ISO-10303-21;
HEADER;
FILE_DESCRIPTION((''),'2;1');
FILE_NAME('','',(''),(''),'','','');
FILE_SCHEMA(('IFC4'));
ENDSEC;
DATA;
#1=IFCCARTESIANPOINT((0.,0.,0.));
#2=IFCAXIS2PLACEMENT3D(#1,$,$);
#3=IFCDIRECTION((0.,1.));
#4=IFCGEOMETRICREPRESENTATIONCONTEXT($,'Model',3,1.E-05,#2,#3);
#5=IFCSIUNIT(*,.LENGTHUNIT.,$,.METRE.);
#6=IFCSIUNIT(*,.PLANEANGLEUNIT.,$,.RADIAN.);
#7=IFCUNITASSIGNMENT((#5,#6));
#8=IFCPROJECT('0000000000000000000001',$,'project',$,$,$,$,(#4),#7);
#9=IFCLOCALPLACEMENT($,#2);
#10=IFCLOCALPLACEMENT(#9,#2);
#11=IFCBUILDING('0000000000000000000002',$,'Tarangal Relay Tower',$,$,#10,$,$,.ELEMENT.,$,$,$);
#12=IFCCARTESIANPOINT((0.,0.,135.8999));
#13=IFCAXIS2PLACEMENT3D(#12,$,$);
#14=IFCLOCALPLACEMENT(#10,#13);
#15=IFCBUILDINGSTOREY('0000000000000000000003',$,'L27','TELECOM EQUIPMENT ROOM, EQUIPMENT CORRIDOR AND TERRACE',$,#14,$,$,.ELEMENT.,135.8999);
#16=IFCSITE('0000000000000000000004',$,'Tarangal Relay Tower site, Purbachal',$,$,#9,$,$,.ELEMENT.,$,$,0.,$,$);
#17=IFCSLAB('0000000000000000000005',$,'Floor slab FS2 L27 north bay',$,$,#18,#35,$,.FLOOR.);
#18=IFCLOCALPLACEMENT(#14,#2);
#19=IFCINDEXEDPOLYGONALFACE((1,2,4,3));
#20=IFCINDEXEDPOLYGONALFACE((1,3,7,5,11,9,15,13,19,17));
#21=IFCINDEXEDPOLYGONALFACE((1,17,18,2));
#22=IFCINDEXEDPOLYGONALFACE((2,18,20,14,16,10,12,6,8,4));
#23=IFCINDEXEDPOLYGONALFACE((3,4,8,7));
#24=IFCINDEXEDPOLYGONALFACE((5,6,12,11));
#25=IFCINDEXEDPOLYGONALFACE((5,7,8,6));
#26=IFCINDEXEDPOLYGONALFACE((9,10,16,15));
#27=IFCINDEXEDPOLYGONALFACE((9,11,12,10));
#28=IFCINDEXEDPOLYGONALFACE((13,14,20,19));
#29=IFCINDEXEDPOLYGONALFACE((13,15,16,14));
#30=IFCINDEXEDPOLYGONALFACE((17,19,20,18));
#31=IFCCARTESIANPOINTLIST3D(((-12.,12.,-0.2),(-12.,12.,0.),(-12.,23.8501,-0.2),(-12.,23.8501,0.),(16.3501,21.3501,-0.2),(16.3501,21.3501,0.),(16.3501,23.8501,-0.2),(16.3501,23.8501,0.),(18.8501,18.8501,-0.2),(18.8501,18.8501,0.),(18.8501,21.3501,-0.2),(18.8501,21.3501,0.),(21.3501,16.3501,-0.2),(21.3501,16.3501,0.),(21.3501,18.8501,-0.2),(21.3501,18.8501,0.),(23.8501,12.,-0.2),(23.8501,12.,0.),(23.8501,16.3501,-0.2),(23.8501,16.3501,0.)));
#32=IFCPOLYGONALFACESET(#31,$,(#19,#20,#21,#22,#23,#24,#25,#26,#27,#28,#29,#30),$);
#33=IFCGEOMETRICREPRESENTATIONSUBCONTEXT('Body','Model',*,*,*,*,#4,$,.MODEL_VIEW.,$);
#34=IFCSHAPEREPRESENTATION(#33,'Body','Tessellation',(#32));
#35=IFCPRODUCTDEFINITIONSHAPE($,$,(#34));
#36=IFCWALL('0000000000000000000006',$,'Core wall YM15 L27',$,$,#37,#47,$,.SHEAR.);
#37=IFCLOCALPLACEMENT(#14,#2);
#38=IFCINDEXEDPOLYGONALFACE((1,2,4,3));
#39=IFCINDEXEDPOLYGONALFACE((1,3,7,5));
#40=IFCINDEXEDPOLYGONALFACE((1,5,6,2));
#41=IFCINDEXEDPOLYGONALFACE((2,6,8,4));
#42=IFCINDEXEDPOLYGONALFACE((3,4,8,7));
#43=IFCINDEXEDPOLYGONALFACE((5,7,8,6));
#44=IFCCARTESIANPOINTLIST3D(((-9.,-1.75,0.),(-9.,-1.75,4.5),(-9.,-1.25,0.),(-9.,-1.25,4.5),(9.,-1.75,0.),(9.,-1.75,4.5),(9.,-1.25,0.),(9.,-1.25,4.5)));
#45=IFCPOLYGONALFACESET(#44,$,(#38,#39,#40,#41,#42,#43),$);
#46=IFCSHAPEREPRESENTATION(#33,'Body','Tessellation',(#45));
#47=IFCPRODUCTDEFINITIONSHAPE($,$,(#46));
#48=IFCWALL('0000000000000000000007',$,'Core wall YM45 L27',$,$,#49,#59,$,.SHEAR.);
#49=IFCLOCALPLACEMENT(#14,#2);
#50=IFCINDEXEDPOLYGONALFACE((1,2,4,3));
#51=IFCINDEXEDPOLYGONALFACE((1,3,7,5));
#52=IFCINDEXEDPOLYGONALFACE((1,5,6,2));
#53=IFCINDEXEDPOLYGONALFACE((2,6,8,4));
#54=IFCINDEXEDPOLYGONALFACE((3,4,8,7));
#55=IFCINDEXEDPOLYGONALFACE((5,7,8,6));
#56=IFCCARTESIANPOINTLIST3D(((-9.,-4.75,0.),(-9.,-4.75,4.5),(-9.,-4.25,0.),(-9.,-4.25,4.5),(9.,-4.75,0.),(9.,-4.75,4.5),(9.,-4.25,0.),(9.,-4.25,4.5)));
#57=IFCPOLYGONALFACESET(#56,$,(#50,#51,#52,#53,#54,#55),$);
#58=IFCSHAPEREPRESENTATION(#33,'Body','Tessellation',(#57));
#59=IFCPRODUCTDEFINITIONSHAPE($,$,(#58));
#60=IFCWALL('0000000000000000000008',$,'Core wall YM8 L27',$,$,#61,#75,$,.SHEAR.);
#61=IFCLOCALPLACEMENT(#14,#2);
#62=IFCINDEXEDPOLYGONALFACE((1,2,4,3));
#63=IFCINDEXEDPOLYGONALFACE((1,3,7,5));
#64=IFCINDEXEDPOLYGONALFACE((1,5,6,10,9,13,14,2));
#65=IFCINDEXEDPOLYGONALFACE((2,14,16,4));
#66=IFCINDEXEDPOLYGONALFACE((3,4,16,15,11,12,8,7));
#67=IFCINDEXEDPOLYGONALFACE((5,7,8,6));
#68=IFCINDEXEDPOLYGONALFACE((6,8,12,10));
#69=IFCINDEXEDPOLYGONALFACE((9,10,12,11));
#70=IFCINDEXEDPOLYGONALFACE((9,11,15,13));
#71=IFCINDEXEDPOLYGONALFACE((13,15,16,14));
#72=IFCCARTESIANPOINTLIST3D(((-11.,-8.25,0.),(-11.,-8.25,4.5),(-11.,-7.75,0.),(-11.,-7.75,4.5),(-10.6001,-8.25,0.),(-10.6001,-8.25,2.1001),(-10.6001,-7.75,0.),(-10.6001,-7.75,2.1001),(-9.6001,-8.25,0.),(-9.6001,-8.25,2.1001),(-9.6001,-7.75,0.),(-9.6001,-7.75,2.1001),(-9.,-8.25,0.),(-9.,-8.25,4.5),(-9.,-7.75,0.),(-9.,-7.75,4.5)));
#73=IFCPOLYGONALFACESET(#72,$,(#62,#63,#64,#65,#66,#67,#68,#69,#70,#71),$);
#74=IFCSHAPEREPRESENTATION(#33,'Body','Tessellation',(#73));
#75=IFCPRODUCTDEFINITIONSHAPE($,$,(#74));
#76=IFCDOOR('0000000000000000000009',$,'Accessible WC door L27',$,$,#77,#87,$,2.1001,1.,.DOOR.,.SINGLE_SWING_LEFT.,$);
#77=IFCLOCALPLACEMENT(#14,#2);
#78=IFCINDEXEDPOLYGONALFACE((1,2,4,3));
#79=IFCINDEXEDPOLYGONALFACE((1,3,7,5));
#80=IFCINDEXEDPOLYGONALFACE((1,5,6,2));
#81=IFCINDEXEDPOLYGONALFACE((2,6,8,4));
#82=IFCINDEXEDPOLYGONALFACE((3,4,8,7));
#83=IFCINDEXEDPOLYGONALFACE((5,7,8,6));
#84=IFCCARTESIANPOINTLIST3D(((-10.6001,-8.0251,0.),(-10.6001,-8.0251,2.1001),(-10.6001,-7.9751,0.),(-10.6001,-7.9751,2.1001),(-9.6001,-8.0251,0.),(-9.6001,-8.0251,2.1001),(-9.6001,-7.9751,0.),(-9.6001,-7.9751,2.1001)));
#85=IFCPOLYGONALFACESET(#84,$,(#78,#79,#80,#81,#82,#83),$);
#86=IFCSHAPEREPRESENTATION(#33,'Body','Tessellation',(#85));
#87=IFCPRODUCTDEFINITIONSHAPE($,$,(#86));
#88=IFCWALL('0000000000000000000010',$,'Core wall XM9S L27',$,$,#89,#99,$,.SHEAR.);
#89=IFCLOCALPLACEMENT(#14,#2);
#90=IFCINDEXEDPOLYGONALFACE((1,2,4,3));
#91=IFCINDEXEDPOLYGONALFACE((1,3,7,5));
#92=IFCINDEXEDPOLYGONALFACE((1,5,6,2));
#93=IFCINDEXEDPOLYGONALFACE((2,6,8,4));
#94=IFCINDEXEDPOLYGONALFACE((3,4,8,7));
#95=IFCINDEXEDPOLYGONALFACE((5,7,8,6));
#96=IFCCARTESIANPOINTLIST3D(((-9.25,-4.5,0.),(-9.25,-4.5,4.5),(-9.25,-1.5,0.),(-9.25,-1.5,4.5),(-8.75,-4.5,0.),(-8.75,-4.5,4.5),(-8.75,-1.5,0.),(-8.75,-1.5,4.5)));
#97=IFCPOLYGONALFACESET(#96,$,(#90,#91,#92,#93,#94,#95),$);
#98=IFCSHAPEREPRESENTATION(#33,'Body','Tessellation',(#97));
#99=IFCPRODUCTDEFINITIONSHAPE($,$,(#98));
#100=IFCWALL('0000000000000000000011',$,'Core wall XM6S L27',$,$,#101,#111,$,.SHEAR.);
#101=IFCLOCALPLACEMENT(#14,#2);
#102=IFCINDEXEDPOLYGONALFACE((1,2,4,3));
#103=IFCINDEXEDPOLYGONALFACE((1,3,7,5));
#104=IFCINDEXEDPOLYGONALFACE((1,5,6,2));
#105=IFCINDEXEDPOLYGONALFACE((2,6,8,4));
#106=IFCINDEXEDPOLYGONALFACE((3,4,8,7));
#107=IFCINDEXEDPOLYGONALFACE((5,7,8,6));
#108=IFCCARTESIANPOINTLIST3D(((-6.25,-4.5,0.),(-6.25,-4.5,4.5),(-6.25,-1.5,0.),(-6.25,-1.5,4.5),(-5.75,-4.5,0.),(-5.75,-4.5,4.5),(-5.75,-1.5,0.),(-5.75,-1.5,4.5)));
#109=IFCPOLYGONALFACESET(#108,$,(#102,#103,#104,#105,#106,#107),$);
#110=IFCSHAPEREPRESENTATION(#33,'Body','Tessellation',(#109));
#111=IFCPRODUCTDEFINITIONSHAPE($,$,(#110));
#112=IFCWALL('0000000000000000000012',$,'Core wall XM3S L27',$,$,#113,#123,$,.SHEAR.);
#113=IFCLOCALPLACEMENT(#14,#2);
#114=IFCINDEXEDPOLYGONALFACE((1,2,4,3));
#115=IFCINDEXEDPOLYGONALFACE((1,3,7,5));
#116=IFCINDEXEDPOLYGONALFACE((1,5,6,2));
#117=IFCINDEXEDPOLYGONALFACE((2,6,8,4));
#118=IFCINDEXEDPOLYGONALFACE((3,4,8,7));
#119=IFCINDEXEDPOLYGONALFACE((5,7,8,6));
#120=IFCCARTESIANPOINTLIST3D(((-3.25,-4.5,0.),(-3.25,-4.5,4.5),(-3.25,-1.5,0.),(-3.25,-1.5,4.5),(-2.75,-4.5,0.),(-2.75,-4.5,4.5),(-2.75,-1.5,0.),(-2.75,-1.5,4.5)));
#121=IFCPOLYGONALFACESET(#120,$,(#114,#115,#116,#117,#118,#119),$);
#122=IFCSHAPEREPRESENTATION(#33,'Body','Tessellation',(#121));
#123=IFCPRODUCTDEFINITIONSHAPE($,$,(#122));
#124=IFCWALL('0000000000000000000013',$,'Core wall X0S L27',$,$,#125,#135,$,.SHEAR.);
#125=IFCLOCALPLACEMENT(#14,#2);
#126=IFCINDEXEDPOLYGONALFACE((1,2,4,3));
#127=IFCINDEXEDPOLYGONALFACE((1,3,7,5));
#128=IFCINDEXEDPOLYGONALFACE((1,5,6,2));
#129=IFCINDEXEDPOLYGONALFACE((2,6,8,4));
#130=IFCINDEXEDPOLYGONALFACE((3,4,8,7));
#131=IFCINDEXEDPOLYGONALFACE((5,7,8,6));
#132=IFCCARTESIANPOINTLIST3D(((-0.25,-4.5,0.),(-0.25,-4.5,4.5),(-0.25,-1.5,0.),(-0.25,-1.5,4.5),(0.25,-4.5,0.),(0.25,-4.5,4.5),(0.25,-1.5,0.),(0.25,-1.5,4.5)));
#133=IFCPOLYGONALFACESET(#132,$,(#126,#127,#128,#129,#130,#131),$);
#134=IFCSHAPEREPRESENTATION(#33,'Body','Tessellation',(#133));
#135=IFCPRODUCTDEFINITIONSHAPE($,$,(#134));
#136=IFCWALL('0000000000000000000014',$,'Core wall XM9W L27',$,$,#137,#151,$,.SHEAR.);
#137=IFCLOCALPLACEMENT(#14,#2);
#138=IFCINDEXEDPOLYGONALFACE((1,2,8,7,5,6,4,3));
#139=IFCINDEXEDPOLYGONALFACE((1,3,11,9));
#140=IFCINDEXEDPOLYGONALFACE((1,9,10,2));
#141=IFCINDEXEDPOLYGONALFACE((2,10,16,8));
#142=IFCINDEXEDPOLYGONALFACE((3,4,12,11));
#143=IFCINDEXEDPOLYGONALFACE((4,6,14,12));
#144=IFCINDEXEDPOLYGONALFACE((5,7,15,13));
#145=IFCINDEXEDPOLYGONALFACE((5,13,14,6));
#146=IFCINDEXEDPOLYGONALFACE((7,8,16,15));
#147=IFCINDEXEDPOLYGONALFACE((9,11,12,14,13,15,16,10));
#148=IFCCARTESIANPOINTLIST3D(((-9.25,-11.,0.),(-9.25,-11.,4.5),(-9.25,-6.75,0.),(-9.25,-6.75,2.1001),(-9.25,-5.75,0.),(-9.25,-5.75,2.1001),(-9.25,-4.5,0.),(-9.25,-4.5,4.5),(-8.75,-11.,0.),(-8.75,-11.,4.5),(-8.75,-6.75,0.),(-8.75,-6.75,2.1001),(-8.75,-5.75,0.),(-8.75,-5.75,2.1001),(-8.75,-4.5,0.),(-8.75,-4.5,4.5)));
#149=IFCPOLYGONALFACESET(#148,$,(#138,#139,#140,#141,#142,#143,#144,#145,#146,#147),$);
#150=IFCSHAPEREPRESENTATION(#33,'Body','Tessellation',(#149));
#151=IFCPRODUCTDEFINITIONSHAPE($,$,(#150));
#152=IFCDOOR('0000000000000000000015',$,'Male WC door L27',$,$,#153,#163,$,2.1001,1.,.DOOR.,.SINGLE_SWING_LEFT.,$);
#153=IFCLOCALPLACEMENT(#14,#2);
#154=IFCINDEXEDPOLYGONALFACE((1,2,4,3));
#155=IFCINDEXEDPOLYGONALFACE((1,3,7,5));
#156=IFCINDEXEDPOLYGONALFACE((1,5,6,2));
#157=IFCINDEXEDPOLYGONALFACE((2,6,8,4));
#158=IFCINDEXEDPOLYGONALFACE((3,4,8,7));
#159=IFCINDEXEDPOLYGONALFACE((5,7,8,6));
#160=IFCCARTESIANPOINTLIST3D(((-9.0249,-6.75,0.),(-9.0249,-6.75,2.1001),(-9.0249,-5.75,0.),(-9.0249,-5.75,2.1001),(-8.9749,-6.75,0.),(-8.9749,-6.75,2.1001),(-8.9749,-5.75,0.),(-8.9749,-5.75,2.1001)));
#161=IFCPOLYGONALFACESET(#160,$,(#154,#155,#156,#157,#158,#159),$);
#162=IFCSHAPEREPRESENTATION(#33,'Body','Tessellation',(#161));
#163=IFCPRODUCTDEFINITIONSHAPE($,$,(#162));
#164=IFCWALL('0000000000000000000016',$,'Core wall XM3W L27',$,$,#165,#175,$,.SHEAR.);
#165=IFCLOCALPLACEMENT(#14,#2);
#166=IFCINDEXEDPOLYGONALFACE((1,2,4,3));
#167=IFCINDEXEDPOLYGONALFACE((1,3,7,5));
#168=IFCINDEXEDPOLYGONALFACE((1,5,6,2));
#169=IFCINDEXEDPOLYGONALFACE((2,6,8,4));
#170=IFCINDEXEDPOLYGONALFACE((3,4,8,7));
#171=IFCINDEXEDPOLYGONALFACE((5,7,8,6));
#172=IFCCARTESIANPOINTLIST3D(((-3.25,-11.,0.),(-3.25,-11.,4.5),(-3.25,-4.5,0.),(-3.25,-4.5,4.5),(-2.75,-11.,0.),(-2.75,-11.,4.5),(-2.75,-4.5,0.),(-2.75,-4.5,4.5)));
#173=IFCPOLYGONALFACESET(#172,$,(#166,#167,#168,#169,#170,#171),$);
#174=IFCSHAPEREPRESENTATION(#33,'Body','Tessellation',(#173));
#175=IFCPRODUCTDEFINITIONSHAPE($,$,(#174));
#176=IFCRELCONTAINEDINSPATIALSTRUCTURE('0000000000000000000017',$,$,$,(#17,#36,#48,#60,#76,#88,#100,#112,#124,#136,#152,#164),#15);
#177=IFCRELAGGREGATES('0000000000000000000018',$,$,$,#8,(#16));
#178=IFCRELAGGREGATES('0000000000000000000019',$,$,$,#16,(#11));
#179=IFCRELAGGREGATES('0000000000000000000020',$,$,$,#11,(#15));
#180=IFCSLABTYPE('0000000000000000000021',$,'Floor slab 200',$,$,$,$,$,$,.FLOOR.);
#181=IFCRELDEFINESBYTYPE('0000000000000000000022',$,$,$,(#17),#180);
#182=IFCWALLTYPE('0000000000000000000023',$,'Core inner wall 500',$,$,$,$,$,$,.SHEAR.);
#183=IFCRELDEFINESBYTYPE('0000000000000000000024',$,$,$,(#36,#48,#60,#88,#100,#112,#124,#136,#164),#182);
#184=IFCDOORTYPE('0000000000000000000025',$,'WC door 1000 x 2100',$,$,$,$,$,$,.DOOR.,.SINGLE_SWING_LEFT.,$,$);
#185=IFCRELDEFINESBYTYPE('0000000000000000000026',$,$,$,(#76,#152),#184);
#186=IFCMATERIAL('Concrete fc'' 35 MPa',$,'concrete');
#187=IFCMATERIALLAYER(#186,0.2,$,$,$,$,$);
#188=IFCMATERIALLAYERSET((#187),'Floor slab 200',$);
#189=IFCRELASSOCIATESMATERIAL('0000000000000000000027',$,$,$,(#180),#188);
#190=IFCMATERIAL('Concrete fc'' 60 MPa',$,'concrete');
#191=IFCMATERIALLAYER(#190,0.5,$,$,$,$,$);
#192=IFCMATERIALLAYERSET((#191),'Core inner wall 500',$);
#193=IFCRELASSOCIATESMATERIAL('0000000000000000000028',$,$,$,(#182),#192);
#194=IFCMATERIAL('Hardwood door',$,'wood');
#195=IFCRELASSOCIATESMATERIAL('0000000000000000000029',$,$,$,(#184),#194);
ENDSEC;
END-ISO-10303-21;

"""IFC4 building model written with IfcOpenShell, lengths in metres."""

from ifc_helpers import new_model, si_unit, direction, frame, frame_2d, origin, place, context, subcontext, project, spatial, polyline, rectangle, outline, extrude, material, layer, layer_set, type_object, element, fill, save


model = new_model("IFC4")

# Units and contexts
model_context = context("Model", 3, precision=1e-05, world=origin(), true_north=direction((0.0, 1.0)))
body_context = subcontext(model_context, "Body", "Model", "MODEL_VIEW")
ifc_project = project(units=[si_unit("LENGTHUNIT", "METRE"), si_unit("PLANEANGLEUNIT", "RADIAN")], contexts=[model_context])

# Site, building, storey
site_placement = place(None, origin())
site = spatial("IfcSite", under=ifc_project, at=site_placement, Name="Tarangal Relay Tower site, Purbachal", CompositionType="ELEMENT", RefElevation=0.0)
building_placement = place(site_placement, origin())
building = spatial("IfcBuilding", under=site, at=building_placement, Name="Tarangal Relay Tower", CompositionType="ELEMENT")
storey_placement = place(building_placement, frame((0.0, 0.0, 135.8999)))
storey = spatial("IfcBuildingStorey", under=building, at=storey_placement, Name="L27", Description="TELECOM EQUIPMENT ROOM, EQUIPMENT CORRIDOR AND TERRACE", CompositionType="ELEMENT", Elevation=135.8999)

# Slab
ifc_material_1 = material(Name="Concrete fc' 35 MPa", Category="concrete")
ifc_layer_1 = layer(ifc_material_1, 0.2)
ifc_layer_set_1 = layer_set([ifc_layer_1], Name="Floor slab 200")
slab_type = type_object("IfcSlabType", Name="Floor slab 200", PredefinedType="FLOOR", material=ifc_layer_set_1)
slab_placement = place(storey_placement, frame((0.0, 0.0, -0.2)))
element("IfcSlab", 1, at=slab_placement, inside=storey, type_object=slab_type, Name="Floor slab FS2 L27 north bay", PredefinedType="FLOOR", context=body_context, shape_type="SweptSolid", body=[
    extrude(outline(polyline([(16.3501, 23.8501), (16.3501, 21.3501), (18.8501, 21.3501), (18.8501, 18.8501), (21.3501, 18.8501), (21.3501, 16.3501), (23.8501, 16.3501), (23.8501, 12.0), (-12.0, 12.0), (-12.0, 23.8501), (16.3501, 23.8501)])), origin(), (0.0, 0.0, 1.0), 0.2),
])

# Walls
ifc_material_2 = material(Name="Concrete fc' 60 MPa", Category="concrete")
ifc_layer_2 = layer(ifc_material_2, 0.5)
ifc_layer_set_2 = layer_set([ifc_layer_2], Name="Core inner wall 500")
wall_type_1 = type_object("IfcWallType", Name="Core inner wall 500", PredefinedType="SHEAR", material=ifc_layer_set_2)
for number, where, z_axis, x_axis, name in (
    (2, (-9.0, -1.5, 0.0), (0.0, 0.0, 1.0), (1.0, 0.0, 0.0), "Core wall YM15 L27"),
    (3, (-9.0, -4.5, 0.0), (0.0, 0.0, 1.0), (1.0, 0.0, 0.0), "Core wall YM45 L27"),
):
    element("IfcWall", number, at=place(storey_placement, frame(where, z_axis=z_axis, x_axis=x_axis)), inside=storey, type_object=wall_type_1, Name=name, PredefinedType="SHEAR", context=body_context, shape_type="SweptSolid", body=[
        extrude(rectangle(XDim=18.0, YDim=0.5, at=frame_2d((9.0, 0.0))), origin(), (0.0, 0.0, 1.0), 4.5),
    ])

# Wall, opening, door
wall_1_placement = place(storey_placement, frame((-11.0, -8.0, 0.0), z_axis=(0.0, 0.0, 1.0), x_axis=(1.0, 0.0, 0.0)))
wall_1 = element("IfcWall", 4, at=wall_1_placement, inside=storey, type_object=wall_type_1, Name="Core wall YM8 L27", PredefinedType="SHEAR", context=body_context, shape_type="SweptSolid", body=[
    extrude(rectangle(XDim=2.0, YDim=0.5, at=frame_2d((1.0, 0.0))), origin(), (0.0, 0.0, 1.0), 4.5),
])
opening_1_placement = place(wall_1_placement, frame((0.3999, 0.0, 0.0)))
opening_1 = element("IfcOpeningElement", 5, at=opening_1_placement, cuts=wall_1, PredefinedType="OPENING", context=body_context, shape_type="SweptSolid", body=[
    extrude(rectangle(XDim=1.0, YDim=2.1001, at=frame_2d((0.5, 1.05))), frame((0.0, 0.26, 0.0), z_axis=(0.0, -1.0, 0.0), x_axis=(1.0, 0.0, 0.0)), (0.0, 0.0, 1.0), 0.52),
])
ifc_material_3 = material(Name="Hardwood door", Category="wood")
door_type_1 = type_object("IfcDoorType", Name="WC door 1000 x 2100", OperationType="SINGLE_SWING_LEFT", PredefinedType="DOOR", material=ifc_material_3)
door_1_placement = place(opening_1_placement, origin())
door_1 = element("IfcDoor", 6, at=door_1_placement, inside=storey, type_object=door_type_1, Name="Accessible WC door L27", OperationType="SINGLE_SWING_LEFT", OverallHeight=2.1001, OverallWidth=1.0, PredefinedType="DOOR", context=body_context, shape_type="SweptSolid", body=[
    extrude(rectangle(XDim=1.0, YDim=2.1001, at=frame_2d((0.5, 1.05))), frame((0.0, 0.0249, 0.0), z_axis=(0.0, -1.0, 0.0), x_axis=(1.0, 0.0, 0.0)), (0.0, 0.0, 1.0), 0.05),
])
fill(opening_1, door_1)

# Walls
for number, where, z_axis, x_axis, name in (
    (7, (-9.0, -4.5, 0.0), (0.0, 0.0, 1.0), (0.0, 1.0, 0.0), "Core wall XM9S L27"),
    (8, (-6.0, -4.5, 0.0), (0.0, 0.0, 1.0), (0.0, 1.0, 0.0), "Core wall XM6S L27"),
    (9, (-3.0, -4.5, 0.0), (0.0, 0.0, 1.0), (0.0, 1.0, 0.0), "Core wall XM3S L27"),
    (10, (0.0, -4.5, 0.0), (0.0, 0.0, 1.0), (0.0, 1.0, 0.0), "Core wall X0S L27"),
):
    element("IfcWall", number, at=place(storey_placement, frame(where, z_axis=z_axis, x_axis=x_axis)), inside=storey, type_object=wall_type_1, Name=name, PredefinedType="SHEAR", context=body_context, shape_type="SweptSolid", body=[
        extrude(rectangle(XDim=3.0, YDim=0.5, at=frame_2d((1.5, 0.0))), origin(), (0.0, 0.0, 1.0), 4.5),
    ])

# Wall, opening, door
wall_2_placement = place(storey_placement, frame((-9.0, -11.0, 0.0), z_axis=(0.0, 0.0, 1.0), x_axis=(0.0, 1.0, 0.0)))
wall_2 = element("IfcWall", 11, at=wall_2_placement, inside=storey, type_object=wall_type_1, Name="Core wall XM9W L27", PredefinedType="SHEAR", context=body_context, shape_type="SweptSolid", body=[
    extrude(rectangle(XDim=6.5, YDim=0.5, at=frame_2d((3.25, 0.0))), origin(), (0.0, 0.0, 1.0), 4.5),
])
opening_2_placement = place(wall_2_placement, frame((4.25, 0.0, 0.0)))
opening_2 = element("IfcOpeningElement", 12, at=opening_2_placement, cuts=wall_2, PredefinedType="OPENING", context=body_context, shape_type="SweptSolid", body=[
    extrude(rectangle(XDim=1.0, YDim=2.1001, at=frame_2d((0.5, 1.05))), frame((0.0, 0.26, 0.0), z_axis=(0.0, -1.0, 0.0), x_axis=(1.0, 0.0, 0.0)), (0.0, 0.0, 1.0), 0.52),
])
door_2_placement = place(opening_2_placement, origin())
door_2 = element("IfcDoor", 13, at=door_2_placement, inside=storey, type_object=door_type_1, Name="Male WC door L27", OperationType="SINGLE_SWING_LEFT", OverallHeight=2.1001, OverallWidth=1.0, PredefinedType="DOOR", context=body_context, shape_type="SweptSolid", body=[
    extrude(rectangle(XDim=1.0, YDim=2.1001, at=frame_2d((0.5, 1.05))), frame((0.0, 0.0249, 0.0), z_axis=(0.0, -1.0, 0.0), x_axis=(1.0, 0.0, 0.0)), (0.0, 0.0, 1.0), 0.05),
])
fill(opening_2, door_2)

# Wall
wall_3_placement = place(storey_placement, frame((-3.0, -11.0, 0.0), z_axis=(0.0, 0.0, 1.0), x_axis=(0.0, 1.0, 0.0)))
element("IfcWall", 14, at=wall_3_placement, inside=storey, type_object=wall_type_1, Name="Core wall XM3W L27", PredefinedType="SHEAR", context=body_context, shape_type="SweptSolid", body=[
    extrude(rectangle(XDim=6.5, YDim=0.5, at=frame_2d((3.25, 0.0))), origin(), (0.0, 0.0, 1.0), 4.5),
])

save(model, "model.ifc")
